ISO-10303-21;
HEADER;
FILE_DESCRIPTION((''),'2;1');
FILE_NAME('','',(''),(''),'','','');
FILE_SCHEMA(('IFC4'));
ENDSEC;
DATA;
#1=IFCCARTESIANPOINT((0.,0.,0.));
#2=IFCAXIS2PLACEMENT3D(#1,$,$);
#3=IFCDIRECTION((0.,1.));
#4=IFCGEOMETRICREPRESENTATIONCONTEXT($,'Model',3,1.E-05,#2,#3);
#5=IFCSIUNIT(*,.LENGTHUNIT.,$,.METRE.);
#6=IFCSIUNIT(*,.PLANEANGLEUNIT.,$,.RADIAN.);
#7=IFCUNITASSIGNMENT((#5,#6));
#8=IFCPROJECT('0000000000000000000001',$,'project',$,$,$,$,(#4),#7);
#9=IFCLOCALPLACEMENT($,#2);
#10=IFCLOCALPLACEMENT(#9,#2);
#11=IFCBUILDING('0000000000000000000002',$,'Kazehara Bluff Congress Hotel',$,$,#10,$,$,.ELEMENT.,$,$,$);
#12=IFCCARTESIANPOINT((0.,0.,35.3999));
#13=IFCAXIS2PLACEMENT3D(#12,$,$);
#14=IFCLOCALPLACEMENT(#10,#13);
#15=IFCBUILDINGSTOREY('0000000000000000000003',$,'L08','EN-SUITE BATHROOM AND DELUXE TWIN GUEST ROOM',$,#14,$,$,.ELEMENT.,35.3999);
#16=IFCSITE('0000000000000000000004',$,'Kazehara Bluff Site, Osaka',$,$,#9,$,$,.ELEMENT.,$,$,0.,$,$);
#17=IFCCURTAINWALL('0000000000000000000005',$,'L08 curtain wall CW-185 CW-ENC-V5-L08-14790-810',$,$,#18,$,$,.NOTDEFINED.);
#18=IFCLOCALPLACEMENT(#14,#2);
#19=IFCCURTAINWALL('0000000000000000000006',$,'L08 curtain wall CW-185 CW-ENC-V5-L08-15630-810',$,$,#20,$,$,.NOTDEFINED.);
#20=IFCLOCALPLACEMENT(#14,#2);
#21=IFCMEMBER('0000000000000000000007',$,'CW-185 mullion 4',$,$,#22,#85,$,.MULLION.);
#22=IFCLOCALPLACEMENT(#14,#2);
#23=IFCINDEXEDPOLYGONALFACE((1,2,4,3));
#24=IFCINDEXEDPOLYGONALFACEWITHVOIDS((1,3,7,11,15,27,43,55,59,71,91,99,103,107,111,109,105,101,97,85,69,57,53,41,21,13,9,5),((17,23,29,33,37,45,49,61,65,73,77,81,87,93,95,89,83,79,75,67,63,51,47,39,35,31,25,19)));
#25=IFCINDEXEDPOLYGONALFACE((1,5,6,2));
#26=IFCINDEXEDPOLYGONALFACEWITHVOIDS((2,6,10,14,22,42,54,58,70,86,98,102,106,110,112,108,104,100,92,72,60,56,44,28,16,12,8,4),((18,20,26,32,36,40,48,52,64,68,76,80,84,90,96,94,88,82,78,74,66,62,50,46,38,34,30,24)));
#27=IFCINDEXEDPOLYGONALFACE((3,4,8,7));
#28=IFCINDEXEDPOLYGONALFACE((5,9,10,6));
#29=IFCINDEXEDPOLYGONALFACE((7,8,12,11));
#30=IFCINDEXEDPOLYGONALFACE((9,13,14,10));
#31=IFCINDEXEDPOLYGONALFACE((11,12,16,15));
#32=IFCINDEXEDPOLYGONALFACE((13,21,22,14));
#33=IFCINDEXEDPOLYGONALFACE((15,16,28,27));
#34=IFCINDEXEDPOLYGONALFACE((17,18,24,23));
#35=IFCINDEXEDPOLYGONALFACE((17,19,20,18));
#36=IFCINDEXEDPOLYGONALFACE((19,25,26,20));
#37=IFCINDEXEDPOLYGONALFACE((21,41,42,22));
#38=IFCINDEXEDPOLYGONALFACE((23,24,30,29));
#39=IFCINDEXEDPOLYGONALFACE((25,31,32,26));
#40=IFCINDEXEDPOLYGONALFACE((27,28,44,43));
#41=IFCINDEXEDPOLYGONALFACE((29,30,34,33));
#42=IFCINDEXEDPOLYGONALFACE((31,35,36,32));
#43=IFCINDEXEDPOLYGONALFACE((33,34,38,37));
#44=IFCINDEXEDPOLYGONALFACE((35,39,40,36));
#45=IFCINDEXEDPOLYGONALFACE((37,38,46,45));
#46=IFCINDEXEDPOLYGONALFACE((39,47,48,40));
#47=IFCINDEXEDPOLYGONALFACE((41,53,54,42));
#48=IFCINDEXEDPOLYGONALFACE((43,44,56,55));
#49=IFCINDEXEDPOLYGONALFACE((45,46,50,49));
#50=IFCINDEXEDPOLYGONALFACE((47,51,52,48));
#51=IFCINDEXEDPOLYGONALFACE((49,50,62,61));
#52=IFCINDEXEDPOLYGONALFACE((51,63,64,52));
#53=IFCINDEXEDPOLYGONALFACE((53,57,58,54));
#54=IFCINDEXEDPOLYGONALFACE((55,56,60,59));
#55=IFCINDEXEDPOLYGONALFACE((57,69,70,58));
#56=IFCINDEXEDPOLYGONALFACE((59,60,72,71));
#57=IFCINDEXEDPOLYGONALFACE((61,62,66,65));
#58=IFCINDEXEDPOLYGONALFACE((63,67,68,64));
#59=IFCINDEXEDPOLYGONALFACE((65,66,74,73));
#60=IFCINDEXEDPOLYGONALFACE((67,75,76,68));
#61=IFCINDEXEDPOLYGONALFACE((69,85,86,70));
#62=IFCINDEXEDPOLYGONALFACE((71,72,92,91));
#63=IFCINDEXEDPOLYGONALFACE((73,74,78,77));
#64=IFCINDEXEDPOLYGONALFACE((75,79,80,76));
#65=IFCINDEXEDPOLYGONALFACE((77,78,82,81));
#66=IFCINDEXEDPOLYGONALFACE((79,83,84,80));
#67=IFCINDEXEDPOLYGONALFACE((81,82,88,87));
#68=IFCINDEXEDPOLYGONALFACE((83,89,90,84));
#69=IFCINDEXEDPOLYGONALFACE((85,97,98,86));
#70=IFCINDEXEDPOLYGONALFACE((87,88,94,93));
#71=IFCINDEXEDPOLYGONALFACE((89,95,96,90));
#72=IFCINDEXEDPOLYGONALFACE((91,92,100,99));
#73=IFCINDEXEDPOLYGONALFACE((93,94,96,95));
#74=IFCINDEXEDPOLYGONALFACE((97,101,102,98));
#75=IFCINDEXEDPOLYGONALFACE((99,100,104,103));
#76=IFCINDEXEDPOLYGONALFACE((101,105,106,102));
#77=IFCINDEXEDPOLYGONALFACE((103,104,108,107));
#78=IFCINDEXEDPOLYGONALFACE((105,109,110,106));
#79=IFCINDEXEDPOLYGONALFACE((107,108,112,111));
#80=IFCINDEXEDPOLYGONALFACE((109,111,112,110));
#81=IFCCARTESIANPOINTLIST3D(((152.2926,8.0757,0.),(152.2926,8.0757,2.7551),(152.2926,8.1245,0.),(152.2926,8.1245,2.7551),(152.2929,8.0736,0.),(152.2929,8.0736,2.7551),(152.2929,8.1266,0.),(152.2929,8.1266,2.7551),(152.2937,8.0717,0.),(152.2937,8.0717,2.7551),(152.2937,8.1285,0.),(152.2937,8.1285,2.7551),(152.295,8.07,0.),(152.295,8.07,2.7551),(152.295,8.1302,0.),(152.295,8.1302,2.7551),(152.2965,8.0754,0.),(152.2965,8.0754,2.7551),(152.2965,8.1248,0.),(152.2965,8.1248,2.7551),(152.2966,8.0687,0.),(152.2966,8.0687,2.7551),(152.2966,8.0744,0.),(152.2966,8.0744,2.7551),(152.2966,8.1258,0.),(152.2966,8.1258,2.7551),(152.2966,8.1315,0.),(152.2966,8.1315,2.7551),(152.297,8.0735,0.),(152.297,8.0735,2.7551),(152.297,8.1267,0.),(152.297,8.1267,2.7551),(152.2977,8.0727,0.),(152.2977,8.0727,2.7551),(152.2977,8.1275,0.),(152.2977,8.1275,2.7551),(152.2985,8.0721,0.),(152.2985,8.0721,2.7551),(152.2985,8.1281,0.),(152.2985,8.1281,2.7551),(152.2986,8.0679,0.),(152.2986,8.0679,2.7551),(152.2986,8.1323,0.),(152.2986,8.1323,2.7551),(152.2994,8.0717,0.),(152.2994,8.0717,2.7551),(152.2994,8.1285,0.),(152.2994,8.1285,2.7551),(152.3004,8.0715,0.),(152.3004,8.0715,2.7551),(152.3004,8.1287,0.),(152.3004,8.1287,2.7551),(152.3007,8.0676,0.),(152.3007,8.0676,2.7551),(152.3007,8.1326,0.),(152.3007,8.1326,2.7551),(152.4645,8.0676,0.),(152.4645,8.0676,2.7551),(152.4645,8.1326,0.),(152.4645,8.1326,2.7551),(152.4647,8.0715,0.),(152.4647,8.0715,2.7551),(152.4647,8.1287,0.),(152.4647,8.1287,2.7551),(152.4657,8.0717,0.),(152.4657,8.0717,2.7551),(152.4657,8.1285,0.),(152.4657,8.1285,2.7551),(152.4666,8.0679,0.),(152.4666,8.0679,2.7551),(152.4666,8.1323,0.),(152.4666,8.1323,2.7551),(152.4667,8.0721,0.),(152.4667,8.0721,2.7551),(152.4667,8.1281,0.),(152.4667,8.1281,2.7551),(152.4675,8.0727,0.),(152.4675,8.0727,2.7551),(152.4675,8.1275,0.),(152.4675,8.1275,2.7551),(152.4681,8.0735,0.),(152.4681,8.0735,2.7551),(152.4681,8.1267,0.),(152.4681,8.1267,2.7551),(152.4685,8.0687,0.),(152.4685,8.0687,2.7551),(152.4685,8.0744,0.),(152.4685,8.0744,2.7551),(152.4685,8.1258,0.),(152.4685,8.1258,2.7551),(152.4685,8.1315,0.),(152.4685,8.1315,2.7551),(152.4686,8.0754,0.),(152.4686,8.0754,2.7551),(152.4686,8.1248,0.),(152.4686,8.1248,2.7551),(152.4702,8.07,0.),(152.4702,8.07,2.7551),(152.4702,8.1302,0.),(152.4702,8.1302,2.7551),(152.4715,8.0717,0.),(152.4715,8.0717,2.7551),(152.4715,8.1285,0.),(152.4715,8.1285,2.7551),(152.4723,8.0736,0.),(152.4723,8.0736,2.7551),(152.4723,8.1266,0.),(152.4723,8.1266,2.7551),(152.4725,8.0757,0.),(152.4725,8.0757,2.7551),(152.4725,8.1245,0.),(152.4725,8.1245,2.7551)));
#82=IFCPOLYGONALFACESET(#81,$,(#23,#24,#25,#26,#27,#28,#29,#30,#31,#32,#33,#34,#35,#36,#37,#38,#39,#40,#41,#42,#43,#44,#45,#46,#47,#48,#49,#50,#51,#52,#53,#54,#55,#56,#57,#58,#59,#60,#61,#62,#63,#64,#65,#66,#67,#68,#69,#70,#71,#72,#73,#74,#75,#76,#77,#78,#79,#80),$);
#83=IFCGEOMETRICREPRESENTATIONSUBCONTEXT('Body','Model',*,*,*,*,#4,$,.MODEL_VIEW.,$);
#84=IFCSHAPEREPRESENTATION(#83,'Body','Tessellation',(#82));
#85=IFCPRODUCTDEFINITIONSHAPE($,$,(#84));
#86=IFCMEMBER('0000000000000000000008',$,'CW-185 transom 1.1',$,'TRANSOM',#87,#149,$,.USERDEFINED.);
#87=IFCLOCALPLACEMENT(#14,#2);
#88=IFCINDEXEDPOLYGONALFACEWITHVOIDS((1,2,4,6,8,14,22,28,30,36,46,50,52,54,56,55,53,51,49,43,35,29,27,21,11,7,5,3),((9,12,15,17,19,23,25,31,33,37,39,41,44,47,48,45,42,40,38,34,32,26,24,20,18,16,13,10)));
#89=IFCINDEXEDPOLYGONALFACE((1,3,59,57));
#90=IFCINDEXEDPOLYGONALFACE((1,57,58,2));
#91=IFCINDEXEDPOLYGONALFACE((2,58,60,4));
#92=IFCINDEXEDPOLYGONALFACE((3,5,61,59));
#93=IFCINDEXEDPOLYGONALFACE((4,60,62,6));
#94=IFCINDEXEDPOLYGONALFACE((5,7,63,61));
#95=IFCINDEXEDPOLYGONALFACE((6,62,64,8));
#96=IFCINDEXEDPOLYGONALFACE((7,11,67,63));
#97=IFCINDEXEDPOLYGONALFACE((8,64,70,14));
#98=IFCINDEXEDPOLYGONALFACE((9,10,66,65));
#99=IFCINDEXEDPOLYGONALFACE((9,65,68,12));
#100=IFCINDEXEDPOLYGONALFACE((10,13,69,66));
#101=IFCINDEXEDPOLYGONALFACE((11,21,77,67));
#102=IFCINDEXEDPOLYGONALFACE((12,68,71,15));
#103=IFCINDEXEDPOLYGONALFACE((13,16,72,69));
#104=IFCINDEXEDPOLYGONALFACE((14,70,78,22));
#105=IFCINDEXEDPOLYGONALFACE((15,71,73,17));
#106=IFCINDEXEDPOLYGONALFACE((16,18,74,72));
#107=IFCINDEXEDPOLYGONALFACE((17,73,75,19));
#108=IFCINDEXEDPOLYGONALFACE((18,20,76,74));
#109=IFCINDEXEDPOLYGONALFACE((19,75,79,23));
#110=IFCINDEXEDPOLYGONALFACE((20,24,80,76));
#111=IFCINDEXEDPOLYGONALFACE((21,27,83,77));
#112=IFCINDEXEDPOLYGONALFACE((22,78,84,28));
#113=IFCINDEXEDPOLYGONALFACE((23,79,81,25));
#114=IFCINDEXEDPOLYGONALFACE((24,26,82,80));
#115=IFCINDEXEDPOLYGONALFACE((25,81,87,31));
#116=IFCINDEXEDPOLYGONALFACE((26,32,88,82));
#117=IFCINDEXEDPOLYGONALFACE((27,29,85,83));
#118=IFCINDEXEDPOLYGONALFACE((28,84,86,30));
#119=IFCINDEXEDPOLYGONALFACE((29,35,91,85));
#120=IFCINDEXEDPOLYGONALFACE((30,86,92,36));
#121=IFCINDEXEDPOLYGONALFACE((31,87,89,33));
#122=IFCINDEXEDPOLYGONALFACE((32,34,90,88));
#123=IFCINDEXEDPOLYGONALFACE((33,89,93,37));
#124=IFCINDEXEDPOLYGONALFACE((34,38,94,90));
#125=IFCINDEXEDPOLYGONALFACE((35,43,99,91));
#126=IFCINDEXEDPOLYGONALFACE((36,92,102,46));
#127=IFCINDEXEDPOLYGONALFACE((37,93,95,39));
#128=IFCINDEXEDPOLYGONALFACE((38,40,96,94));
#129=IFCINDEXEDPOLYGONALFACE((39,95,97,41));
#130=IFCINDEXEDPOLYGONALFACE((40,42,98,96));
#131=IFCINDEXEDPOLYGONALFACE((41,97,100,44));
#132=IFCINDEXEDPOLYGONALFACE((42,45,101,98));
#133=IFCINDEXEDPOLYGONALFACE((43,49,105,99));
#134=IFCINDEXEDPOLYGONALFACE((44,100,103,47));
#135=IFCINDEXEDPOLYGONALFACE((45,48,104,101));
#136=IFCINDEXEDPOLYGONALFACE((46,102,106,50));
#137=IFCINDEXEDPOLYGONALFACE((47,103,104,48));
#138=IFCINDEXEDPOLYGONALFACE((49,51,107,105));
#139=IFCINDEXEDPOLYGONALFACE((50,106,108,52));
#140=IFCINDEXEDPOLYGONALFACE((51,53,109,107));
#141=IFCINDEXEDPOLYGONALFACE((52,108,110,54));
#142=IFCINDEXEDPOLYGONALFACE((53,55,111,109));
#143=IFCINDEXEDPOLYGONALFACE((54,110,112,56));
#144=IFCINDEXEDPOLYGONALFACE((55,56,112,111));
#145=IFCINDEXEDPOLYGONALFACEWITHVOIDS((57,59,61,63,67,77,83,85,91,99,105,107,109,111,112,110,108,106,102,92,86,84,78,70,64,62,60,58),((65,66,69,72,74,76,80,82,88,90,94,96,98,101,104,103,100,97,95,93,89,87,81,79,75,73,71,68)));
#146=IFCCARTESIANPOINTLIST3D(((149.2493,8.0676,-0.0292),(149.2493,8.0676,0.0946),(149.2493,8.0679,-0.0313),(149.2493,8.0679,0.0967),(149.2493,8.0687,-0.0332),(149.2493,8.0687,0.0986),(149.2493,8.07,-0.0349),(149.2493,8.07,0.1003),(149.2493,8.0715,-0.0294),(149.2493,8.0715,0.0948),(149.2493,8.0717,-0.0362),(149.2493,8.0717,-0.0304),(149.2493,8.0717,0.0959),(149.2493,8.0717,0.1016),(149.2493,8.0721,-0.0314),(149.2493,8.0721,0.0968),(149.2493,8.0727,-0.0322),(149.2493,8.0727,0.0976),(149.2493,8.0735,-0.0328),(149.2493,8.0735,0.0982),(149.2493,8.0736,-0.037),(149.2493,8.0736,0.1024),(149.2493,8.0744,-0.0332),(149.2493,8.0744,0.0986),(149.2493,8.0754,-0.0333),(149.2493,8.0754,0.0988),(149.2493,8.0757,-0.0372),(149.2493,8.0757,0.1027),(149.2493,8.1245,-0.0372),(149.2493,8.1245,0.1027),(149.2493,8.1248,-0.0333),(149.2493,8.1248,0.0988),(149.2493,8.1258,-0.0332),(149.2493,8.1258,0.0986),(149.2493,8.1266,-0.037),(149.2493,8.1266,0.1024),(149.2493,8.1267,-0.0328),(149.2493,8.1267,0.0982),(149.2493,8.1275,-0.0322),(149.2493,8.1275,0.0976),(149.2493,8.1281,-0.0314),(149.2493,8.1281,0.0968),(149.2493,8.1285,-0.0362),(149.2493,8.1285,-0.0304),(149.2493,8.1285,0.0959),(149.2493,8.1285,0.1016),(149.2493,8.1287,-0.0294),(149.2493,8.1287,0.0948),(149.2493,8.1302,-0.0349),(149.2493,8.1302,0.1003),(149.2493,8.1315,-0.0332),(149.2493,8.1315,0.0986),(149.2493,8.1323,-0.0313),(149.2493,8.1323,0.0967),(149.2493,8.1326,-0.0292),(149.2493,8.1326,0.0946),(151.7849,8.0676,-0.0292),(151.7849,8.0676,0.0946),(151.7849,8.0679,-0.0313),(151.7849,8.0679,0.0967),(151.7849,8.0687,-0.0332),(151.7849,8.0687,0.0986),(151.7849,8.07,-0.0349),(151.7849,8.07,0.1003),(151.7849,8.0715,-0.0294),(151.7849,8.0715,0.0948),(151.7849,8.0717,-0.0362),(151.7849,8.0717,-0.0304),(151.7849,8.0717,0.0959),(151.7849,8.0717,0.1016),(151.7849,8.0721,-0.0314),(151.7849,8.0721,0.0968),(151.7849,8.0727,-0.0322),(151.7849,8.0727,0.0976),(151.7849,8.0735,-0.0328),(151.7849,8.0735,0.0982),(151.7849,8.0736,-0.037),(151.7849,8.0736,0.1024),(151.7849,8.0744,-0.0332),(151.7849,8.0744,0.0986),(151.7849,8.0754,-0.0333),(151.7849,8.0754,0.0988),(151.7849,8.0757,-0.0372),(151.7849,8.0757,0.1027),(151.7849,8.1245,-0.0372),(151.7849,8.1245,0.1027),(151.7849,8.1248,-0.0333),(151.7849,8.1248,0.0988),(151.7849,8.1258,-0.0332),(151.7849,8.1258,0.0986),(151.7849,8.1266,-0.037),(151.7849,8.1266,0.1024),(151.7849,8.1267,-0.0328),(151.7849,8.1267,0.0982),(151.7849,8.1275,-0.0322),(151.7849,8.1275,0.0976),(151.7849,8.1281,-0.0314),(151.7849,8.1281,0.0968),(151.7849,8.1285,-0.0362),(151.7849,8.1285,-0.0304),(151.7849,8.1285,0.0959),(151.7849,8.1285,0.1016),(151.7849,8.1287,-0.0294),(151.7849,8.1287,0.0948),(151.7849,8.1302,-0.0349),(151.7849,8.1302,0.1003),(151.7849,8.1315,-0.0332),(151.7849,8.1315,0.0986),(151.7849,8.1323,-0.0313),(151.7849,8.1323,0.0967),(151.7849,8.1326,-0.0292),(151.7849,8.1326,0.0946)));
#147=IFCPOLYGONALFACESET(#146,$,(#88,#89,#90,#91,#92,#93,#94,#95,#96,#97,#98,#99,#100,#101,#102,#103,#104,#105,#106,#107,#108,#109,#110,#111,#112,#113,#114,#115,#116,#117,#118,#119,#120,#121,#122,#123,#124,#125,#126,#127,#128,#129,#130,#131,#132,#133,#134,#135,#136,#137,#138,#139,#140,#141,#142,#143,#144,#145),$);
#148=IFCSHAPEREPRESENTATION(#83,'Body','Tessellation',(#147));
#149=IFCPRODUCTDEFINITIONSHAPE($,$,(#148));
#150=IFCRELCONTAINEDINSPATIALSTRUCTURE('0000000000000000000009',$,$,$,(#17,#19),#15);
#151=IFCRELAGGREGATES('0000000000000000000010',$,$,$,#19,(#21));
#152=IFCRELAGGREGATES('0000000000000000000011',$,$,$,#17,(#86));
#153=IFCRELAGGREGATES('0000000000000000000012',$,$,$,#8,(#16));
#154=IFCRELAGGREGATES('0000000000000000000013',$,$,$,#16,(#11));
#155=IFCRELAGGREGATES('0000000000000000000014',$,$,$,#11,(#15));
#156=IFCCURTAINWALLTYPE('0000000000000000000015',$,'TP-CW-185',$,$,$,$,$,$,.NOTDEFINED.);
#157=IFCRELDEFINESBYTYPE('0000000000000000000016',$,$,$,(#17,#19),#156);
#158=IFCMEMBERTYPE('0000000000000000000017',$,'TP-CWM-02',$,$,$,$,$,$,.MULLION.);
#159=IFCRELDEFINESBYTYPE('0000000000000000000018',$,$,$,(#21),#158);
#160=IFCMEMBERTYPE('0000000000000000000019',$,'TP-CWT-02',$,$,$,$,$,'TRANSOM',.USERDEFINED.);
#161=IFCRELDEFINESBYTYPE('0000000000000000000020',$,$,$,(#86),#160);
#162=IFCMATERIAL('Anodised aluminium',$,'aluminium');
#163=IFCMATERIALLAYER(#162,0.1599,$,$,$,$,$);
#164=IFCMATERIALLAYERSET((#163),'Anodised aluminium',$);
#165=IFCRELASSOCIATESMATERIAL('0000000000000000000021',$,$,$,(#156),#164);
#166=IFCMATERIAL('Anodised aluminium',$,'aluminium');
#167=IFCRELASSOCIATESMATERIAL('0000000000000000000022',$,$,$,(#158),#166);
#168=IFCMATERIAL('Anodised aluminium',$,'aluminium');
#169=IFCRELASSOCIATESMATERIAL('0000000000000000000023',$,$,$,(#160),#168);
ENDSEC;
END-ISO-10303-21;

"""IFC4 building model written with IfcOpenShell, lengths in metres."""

from ifc_helpers import new_model, si_unit, direction, frame, origin, origin_2d, place, context, subcontext, project, spatial, hollow_rectangle, extrude, material, layer, layer_set, material_profile, profile_set, type_object, element, aggregate, save


model = new_model("IFC4")

# Units and contexts
model_context = context("Model", 3, precision=1e-05, world=origin(), true_north=direction((0.0, 1.0)))
body_context = subcontext(model_context, "Body", "Model", "MODEL_VIEW")
ifc_project = project(units=[si_unit("LENGTHUNIT", "METRE"), si_unit("PLANEANGLEUNIT", "RADIAN")], contexts=[model_context])

# Site, building, storey
site_placement = place(None, origin())
site = spatial("IfcSite", under=ifc_project, at=site_placement, Name="Kazehara Bluff Site, Osaka", CompositionType="ELEMENT", RefElevation=0.0)
building_placement = place(site_placement, origin())
building = spatial("IfcBuilding", under=site, at=building_placement, Name="Kazehara Bluff Congress Hotel", CompositionType="ELEMENT")
storey_placement = place(building_placement, frame((0.0, 0.0, 35.3999)))
storey = spatial("IfcBuildingStorey", under=building, at=storey_placement, Name="L08", Description="EN-SUITE BATHROOM AND DELUXE TWIN GUEST ROOM", CompositionType="ELEMENT", Elevation=35.3999)

# Curtain walls, member
ifc_material_1 = material(Name="Anodised aluminium", Category="aluminium")
ifc_layer_1 = layer(ifc_material_1, 0.1599)
ifc_layer_set_1 = layer_set([ifc_layer_1], Name="Anodised aluminium")
curtain_wall_type = type_object("IfcCurtainWallType", Name="TP-CW-185", PredefinedType="NOTDEFINED", material=ifc_layer_set_1)
curtain_wall_1_placement = place(storey_placement, origin())
curtain_wall_1 = element("IfcCurtainWall", 1, at=curtain_wall_1_placement, inside=storey, type_object=curtain_wall_type, Name="L08 curtain wall CW-185 CW-ENC-V5-L08-14790-810", PredefinedType="NOTDEFINED")
ifc_material_2 = material(Name="Anodised aluminium", Category="aluminium")
ifc_material_profile_1 = material_profile(ifc_material_2, hollow_rectangle(XDim=0.0649, YDim=0.1799, WallThickness=0.0039, InnerFilletRadius=0.0039, OuterFilletRadius=0.0081, at=origin_2d()))
ifc_profile_set_1 = profile_set([ifc_material_profile_1], Name="Anodised aluminium")
member_type_1 = type_object("IfcMemberType", Name="TP-CWM-02", PredefinedType="MULLION", material=ifc_profile_set_1)
curtain_wall_2_placement = place(storey_placement, origin())
curtain_wall_2 = element("IfcCurtainWall", 2, at=curtain_wall_2_placement, inside=storey, type_object=curtain_wall_type, Name="L08 curtain wall CW-185 CW-ENC-V5-L08-15630-810", PredefinedType="NOTDEFINED")
member_1_placement = place(storey_placement, frame((152.3826, 8.1001, 0.0), z_axis=(0.0, 0.0, 1.0), x_axis=(0.0, -1.0, 0.0)))
member_1 = element("IfcMember", 3, at=member_1_placement, type_object=member_type_1, Name="CW-185 mullion 4", PredefinedType="MULLION", context=body_context, shape_type="SweptSolid", body=[
    extrude(hollow_rectangle(XDim=0.0649, YDim=0.1799, WallThickness=0.0039, InnerFilletRadius=0.0039, OuterFilletRadius=0.0081, at=origin_2d()), origin(), (0.0, 0.0, 1.0), 2.7551),
])
aggregate(curtain_wall_2, [member_1])

# Member
ifc_material_3 = material(Name="Anodised aluminium", Category="aluminium")
ifc_material_profile_2 = material_profile(ifc_material_3, hollow_rectangle(XDim=0.0649, YDim=0.1399, WallThickness=0.0039, InnerFilletRadius=0.0039, OuterFilletRadius=0.0081, at=origin_2d()))
ifc_profile_set_2 = profile_set([ifc_material_profile_2], Name="Anodised aluminium")
member_type_2 = type_object("IfcMemberType", Name="TP-CWT-02", ElementType="TRANSOM", PredefinedType="USERDEFINED", material=ifc_profile_set_2)
member_2_placement = place(storey_placement, frame((151.7849, 8.1001, 0.0327), z_axis=(-1.0, 0.0, 0.0), x_axis=(0.0, -1.0, 0.0)))
member_2 = element("IfcMember", 4, at=member_2_placement, type_object=member_type_2, Name="CW-185 transom 1.1", ObjectType="TRANSOM", PredefinedType="USERDEFINED", context=body_context, shape_type="SweptSolid", body=[
    extrude(hollow_rectangle(XDim=0.0649, YDim=0.1399, WallThickness=0.0039, InnerFilletRadius=0.0039, OuterFilletRadius=0.0081, at=origin_2d()), origin(), (0.0, 0.0, 1.0), 2.5356),
])
aggregate(curtain_wall_1, [member_2])

save(model, "model.ifc")
